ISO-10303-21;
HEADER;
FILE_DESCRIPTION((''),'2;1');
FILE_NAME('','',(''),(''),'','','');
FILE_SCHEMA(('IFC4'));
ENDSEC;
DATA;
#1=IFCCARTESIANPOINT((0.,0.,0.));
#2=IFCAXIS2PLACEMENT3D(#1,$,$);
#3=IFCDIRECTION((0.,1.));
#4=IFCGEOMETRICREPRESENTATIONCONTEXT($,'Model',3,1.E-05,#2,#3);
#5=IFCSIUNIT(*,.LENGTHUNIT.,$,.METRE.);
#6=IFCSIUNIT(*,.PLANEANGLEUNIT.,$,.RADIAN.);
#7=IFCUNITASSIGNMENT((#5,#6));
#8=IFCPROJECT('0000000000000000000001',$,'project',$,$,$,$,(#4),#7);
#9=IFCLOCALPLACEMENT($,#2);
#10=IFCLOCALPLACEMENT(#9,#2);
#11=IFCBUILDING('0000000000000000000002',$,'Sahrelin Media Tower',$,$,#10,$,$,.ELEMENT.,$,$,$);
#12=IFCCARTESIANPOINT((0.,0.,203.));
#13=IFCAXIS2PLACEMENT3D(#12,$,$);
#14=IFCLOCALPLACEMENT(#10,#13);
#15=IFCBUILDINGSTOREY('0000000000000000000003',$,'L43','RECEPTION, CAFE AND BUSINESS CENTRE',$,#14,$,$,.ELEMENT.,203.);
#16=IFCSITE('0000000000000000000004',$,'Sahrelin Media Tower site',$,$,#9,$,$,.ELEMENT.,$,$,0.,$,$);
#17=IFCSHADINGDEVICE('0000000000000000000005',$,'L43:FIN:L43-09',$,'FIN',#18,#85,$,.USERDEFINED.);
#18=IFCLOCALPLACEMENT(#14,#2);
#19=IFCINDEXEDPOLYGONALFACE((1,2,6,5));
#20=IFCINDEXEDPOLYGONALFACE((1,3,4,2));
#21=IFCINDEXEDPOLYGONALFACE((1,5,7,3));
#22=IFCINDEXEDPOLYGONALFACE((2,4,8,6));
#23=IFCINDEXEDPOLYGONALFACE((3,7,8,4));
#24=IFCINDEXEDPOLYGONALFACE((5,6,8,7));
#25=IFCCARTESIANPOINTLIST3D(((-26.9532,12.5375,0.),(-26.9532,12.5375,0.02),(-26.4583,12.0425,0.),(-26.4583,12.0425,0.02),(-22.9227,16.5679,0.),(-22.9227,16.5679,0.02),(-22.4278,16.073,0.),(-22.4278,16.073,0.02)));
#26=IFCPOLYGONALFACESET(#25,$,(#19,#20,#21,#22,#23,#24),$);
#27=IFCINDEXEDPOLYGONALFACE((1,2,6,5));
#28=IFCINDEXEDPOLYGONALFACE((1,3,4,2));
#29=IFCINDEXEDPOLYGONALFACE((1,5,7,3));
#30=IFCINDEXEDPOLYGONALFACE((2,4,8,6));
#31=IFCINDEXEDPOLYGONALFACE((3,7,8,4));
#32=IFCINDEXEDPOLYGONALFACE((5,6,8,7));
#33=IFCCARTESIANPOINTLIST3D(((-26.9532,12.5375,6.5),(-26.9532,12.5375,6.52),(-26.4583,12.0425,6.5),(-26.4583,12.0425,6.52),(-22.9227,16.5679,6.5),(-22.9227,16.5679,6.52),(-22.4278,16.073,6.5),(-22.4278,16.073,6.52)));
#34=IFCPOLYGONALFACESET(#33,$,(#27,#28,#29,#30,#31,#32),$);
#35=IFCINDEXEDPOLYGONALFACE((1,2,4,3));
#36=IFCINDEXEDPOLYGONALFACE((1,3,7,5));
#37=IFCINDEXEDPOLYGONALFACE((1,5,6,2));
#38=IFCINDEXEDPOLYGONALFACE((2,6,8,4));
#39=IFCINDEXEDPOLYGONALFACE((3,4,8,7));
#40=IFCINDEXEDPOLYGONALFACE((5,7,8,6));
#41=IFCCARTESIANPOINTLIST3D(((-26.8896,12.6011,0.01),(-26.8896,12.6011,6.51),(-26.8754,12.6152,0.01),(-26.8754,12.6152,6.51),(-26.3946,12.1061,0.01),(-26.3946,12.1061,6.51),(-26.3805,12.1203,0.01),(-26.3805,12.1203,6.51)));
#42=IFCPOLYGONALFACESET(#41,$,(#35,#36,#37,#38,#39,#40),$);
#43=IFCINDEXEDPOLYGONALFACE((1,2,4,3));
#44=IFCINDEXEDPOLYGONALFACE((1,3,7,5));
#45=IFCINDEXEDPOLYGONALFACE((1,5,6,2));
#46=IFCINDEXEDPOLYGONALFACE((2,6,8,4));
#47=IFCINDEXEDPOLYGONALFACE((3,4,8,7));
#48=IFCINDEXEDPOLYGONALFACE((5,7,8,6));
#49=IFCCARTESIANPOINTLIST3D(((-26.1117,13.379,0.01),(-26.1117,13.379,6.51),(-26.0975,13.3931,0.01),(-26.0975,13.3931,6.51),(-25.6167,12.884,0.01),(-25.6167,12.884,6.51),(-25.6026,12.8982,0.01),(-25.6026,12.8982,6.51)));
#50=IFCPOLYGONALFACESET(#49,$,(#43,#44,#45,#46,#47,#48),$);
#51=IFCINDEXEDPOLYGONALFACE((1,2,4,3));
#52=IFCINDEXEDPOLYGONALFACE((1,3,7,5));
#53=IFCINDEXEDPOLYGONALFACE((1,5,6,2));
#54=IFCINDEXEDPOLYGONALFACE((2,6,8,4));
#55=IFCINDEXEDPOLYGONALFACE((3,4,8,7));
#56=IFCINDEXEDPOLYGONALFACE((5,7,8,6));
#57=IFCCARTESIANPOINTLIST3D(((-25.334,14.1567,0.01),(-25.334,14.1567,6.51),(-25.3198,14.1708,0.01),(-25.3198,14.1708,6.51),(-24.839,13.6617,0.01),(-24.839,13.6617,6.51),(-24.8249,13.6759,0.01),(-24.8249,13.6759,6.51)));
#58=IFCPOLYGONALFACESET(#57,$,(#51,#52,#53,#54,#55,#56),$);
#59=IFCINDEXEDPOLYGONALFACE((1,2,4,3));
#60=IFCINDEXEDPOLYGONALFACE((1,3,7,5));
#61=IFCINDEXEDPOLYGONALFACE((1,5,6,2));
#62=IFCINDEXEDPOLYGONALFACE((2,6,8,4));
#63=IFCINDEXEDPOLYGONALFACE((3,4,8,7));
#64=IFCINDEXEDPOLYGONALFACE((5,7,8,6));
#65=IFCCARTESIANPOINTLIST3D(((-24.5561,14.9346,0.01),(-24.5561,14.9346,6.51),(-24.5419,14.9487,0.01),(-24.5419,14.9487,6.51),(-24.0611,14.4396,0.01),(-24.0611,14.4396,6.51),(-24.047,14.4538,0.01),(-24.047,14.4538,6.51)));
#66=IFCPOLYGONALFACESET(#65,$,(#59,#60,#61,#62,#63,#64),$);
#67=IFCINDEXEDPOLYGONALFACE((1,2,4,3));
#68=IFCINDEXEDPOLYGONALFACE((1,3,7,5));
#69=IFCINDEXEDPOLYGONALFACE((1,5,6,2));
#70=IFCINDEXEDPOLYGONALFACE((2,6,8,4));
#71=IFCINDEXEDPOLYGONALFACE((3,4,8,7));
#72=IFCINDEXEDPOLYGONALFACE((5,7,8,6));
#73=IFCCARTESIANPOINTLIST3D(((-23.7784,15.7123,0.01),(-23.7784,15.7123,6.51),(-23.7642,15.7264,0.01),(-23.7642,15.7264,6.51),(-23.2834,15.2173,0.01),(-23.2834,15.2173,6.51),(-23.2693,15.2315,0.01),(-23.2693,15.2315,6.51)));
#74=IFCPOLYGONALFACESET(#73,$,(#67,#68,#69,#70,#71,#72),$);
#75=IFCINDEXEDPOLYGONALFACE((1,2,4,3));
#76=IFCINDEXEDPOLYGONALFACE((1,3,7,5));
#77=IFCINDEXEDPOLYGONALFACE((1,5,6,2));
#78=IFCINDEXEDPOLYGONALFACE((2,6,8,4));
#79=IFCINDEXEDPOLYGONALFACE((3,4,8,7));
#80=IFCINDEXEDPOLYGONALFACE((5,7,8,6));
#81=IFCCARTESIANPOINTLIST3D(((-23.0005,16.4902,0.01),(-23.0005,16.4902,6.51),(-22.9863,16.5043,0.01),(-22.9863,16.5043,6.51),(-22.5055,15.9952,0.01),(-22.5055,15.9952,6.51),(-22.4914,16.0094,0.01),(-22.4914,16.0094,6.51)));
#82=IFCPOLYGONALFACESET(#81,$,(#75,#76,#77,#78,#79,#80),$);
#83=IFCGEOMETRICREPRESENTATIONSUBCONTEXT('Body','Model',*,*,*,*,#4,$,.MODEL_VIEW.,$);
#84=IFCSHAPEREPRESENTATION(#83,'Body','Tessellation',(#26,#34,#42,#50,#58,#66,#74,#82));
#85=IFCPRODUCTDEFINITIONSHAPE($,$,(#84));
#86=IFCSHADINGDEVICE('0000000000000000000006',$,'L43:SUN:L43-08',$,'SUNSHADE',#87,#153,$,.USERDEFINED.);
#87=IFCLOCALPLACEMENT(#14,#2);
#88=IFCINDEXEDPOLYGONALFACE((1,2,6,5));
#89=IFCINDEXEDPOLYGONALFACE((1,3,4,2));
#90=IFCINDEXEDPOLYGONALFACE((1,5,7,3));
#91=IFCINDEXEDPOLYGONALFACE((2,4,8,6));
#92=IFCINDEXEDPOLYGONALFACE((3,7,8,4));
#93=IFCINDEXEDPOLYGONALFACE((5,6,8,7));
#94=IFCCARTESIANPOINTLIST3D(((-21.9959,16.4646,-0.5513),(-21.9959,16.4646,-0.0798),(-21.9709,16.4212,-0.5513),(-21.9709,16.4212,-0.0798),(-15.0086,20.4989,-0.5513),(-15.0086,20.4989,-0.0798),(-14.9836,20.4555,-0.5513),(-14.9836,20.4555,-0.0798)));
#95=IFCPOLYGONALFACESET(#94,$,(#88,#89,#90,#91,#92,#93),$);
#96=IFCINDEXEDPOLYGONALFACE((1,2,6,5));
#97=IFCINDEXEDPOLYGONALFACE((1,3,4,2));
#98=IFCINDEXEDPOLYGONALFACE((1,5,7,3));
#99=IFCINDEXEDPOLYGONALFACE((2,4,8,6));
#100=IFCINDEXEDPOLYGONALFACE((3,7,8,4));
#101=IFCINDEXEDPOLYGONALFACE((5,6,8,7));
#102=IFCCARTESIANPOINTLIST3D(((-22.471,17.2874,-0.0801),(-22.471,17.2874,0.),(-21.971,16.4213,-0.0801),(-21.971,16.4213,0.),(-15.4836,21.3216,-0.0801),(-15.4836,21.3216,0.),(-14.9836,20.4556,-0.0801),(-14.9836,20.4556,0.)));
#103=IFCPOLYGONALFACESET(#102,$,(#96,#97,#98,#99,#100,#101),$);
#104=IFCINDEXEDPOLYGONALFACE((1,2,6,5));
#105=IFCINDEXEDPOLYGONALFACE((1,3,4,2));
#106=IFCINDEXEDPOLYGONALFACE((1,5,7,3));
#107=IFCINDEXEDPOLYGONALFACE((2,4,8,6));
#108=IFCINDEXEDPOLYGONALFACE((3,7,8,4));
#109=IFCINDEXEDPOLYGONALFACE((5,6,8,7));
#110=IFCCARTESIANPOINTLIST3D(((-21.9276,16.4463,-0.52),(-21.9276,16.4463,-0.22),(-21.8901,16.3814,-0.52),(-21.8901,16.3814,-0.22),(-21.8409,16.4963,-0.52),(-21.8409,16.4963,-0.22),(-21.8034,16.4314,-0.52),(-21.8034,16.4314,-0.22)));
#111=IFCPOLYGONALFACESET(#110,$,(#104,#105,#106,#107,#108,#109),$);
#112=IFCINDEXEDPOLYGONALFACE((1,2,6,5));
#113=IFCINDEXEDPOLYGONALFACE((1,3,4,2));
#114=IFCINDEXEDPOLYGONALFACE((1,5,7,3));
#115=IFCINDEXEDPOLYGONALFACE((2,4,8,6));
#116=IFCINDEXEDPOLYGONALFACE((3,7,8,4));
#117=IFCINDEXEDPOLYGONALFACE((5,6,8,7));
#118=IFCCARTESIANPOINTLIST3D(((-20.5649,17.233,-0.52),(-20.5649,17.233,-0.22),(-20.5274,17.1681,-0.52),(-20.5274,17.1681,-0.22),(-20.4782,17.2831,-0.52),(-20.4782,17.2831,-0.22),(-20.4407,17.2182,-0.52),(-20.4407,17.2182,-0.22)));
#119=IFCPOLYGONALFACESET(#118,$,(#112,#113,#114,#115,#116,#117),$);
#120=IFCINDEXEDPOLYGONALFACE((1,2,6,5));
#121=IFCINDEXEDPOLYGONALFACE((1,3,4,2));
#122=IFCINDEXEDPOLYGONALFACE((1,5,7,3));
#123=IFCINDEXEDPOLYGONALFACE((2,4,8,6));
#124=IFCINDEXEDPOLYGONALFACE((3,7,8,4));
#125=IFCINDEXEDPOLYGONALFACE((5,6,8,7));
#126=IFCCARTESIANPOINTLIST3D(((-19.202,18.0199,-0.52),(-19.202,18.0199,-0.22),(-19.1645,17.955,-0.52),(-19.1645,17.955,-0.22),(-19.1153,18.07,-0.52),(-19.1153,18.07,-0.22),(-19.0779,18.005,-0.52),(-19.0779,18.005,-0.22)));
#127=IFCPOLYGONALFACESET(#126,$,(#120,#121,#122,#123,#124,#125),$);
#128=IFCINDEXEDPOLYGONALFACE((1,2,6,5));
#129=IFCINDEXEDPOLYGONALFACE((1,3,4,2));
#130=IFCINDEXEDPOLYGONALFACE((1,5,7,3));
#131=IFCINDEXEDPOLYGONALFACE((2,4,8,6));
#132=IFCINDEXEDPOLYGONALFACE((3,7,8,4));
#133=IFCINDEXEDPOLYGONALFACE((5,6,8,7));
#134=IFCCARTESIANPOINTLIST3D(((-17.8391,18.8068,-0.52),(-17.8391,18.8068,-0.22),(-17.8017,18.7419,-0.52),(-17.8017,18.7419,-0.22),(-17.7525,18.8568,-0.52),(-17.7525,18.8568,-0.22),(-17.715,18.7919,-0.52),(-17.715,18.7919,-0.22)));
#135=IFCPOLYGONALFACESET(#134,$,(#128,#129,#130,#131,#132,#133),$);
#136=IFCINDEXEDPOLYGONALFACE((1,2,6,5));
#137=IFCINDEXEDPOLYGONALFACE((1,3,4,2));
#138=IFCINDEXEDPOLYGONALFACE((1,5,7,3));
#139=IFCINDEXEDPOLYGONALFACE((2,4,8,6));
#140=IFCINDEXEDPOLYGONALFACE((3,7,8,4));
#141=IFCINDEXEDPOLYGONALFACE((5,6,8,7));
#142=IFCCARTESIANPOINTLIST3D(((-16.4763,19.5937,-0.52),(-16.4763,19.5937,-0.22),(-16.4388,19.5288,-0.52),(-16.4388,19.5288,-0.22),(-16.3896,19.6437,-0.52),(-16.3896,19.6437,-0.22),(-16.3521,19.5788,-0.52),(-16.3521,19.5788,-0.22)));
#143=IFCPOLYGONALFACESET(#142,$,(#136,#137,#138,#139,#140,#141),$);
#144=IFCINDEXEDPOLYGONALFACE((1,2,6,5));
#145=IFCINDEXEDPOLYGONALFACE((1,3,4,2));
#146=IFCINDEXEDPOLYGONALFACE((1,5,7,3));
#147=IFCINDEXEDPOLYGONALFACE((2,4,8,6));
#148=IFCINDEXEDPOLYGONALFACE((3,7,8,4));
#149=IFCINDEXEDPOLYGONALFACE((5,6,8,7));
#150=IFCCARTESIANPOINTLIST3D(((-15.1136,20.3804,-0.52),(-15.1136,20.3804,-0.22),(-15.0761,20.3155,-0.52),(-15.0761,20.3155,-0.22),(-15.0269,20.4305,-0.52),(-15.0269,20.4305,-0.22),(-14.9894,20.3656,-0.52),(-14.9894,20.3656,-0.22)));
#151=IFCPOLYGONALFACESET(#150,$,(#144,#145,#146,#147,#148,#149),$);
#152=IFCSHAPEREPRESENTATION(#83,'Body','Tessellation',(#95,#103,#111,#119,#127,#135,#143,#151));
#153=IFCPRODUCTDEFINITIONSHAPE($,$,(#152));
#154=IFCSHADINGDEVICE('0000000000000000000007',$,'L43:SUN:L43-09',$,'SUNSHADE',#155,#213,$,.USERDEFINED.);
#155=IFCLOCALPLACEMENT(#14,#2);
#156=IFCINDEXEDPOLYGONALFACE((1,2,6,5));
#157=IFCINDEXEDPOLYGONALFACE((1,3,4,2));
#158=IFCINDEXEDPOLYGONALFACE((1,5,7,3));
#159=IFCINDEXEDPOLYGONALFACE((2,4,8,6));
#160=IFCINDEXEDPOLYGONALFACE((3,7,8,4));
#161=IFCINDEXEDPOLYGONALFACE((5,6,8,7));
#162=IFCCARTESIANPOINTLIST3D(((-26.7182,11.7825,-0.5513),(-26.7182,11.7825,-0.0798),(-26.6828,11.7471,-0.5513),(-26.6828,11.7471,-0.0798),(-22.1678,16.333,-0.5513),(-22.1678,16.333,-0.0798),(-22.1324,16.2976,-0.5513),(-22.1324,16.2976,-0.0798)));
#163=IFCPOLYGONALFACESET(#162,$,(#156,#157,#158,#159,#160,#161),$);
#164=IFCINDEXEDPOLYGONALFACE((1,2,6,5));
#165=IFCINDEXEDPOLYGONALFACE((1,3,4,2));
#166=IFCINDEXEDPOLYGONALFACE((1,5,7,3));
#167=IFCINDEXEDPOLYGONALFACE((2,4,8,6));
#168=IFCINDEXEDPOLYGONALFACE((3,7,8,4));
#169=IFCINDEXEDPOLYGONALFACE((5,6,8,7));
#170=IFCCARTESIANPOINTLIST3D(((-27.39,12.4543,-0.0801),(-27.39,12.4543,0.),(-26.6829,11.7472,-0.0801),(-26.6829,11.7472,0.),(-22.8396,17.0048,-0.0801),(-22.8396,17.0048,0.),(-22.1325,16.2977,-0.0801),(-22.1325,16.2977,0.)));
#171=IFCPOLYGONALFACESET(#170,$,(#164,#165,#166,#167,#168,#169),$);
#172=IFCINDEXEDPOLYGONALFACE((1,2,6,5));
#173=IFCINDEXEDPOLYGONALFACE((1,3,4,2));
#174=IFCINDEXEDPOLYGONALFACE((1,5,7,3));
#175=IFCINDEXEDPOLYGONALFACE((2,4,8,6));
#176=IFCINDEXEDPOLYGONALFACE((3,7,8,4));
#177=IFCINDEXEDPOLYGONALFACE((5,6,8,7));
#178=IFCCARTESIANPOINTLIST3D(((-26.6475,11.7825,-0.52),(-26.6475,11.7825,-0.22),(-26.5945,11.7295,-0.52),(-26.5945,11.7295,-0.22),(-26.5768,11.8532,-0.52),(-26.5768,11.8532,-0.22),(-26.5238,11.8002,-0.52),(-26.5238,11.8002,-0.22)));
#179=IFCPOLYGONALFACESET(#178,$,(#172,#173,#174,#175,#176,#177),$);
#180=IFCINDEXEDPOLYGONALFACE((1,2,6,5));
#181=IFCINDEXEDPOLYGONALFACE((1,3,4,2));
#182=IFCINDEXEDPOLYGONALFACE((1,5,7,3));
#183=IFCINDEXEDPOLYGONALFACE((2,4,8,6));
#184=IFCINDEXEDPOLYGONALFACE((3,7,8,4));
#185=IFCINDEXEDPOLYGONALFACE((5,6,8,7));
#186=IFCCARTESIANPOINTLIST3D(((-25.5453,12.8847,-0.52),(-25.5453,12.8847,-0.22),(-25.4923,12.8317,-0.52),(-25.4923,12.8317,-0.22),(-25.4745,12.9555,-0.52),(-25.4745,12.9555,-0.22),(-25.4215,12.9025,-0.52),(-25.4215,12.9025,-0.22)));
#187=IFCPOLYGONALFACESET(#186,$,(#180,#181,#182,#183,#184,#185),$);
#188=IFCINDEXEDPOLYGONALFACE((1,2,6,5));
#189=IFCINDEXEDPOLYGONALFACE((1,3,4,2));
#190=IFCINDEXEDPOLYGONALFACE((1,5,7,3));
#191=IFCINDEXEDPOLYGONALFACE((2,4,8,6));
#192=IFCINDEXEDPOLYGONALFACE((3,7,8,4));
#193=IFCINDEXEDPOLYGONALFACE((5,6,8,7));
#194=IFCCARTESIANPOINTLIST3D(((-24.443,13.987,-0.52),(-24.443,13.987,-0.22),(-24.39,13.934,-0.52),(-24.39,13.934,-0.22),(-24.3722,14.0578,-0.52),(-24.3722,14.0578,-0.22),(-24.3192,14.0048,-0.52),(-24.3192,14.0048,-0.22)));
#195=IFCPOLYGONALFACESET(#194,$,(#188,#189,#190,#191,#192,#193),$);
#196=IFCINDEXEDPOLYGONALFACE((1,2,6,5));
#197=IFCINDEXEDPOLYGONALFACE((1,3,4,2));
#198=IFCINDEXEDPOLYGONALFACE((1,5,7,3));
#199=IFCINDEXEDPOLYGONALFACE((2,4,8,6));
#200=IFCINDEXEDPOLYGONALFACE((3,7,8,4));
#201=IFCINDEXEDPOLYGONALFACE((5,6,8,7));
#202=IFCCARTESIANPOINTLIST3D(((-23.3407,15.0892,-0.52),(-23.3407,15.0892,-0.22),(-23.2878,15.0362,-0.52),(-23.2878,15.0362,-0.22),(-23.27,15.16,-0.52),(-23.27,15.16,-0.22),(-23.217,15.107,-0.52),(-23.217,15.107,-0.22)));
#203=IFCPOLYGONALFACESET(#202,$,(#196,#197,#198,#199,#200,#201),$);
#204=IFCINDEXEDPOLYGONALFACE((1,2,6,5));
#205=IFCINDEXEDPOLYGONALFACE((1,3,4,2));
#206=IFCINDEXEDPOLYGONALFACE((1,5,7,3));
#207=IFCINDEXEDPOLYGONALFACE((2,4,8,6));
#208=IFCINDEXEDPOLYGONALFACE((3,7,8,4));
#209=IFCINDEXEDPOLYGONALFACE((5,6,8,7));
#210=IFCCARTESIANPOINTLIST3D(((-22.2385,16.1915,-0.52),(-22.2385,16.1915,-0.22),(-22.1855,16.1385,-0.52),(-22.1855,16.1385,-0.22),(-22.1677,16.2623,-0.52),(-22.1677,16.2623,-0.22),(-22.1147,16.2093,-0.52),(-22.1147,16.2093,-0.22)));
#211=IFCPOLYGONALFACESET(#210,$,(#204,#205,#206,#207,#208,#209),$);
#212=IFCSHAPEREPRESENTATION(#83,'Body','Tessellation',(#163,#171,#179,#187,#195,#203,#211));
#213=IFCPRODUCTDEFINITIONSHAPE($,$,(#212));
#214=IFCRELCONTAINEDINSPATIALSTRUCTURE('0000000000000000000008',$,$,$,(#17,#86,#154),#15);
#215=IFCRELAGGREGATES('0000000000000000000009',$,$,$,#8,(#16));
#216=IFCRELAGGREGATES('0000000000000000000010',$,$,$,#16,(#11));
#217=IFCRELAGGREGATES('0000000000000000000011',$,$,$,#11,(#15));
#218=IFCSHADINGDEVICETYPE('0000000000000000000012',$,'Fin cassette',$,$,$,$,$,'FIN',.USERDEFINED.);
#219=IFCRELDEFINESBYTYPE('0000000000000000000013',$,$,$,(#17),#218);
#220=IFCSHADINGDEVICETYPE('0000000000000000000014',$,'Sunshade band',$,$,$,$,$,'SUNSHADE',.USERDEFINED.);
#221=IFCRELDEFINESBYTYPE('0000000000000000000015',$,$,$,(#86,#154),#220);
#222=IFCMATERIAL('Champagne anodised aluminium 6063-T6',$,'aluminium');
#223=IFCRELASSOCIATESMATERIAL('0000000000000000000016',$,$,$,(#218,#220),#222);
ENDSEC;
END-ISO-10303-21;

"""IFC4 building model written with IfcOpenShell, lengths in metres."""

from ifc_helpers import new_model, si_unit, direction, frame, origin, origin_2d, place, context, subcontext, project, spatial, rectangle, extrude, material, type_object, element, save


model = new_model("IFC4")

# Units and contexts
model_context = context("Model", 3, precision=1e-05, world=origin(), true_north=direction((0.0, 1.0)))
body_context = subcontext(model_context, "Body", "Model", "MODEL_VIEW")
ifc_project = project(units=[si_unit("LENGTHUNIT", "METRE"), si_unit("PLANEANGLEUNIT", "RADIAN")], contexts=[model_context])

# Site, building, storey
site_placement = place(None, origin())
site = spatial("IfcSite", under=ifc_project, at=site_placement, Name="Sahrelin Media Tower site", CompositionType="ELEMENT", RefElevation=0.0)
building_placement = place(site_placement, origin())
building = spatial("IfcBuilding", under=site, at=building_placement, Name="Sahrelin Media Tower", CompositionType="ELEMENT")
storey_placement = place(building_placement, frame((0.0, 0.0, 203.0)))
storey = spatial("IfcBuildingStorey", under=building, at=storey_placement, Name="L43", Description="RECEPTION, CAFE AND BUSINESS CENTRE", CompositionType="ELEMENT", Elevation=203.0)

# Shared definitions
ifc_material_1 = material(Name="Champagne anodised aluminium 6063-T6", Category="aluminium")

# Shading devices
shading_device_type_1 = type_object("IfcShadingDeviceType", Name="Fin cassette", ElementType="FIN", PredefinedType="USERDEFINED", material=ifc_material_1)
placement_1 = place(storey_placement, frame((-18.4673, 18.4211, 0.0), z_axis=(0.0, 0.0, 1.0), x_axis=(0.866019, 0.500011, 0.0)))
placement_2 = place(storey_placement, frame((-24.3936, 14.0083, 0.0), z_axis=(0.0, 0.0, 1.0), x_axis=(0.707107, 0.707107, 0.0)))
element("IfcShadingDevice", 1, at=placement_2, inside=storey, type_object=shading_device_type_1, Name="L43:FIN:L43-09", ObjectType="FIN", PredefinedType="USERDEFINED", context=body_context, shape_type="SweptSolid", body=[
    extrude(rectangle(XDim=5.7, YDim=0.7, at=origin_2d()), frame((0.0, 0.4199, 0.0)), (0.0, 0.0, 1.0), 0.02),
    extrude(rectangle(XDim=5.7, YDim=0.7, at=origin_2d()), frame((0.0, 0.4199, 6.5)), (0.0, 0.0, 1.0), 0.02),
    extrude(rectangle(XDim=0.02, YDim=0.7, at=origin_2d()), frame((-2.75, 0.4199, 0.01), z_axis=(0.0, 0.0, 1.0), x_axis=(1.0, 0.0, 0.0)), (0.0, 0.0, 1.0), 6.5),
    extrude(rectangle(XDim=0.02, YDim=0.7, at=origin_2d()), frame((-1.6499, 0.4199, 0.01), z_axis=(0.0, 0.0, 1.0), x_axis=(1.0, 0.0, 0.0)), (0.0, 0.0, 1.0), 6.5),
    extrude(rectangle(XDim=0.02, YDim=0.7, at=origin_2d()), frame((-0.55, 0.4199, 0.01), z_axis=(0.0, 0.0, 1.0), x_axis=(1.0, 0.0, 0.0)), (0.0, 0.0, 1.0), 6.5),
    extrude(rectangle(XDim=0.02, YDim=0.7, at=origin_2d()), frame((0.55, 0.4199, 0.01), z_axis=(0.0, 0.0, 1.0), x_axis=(1.0, 0.0, 0.0)), (0.0, 0.0, 1.0), 6.5),
    extrude(rectangle(XDim=0.02, YDim=0.7, at=origin_2d()), frame((1.6499, 0.4199, 0.01), z_axis=(0.0, 0.0, 1.0), x_axis=(1.0, 0.0, 0.0)), (0.0, 0.0, 1.0), 6.5),
    extrude(rectangle(XDim=0.02, YDim=0.7, at=origin_2d()), frame((2.75, 0.4199, 0.01), z_axis=(0.0, 0.0, 1.0), x_axis=(1.0, 0.0, 0.0)), (0.0, 0.0, 1.0), 6.5),
])
shading_device_type_2 = type_object("IfcShadingDeviceType", Name="Sunshade band", ElementType="SUNSHADE", PredefinedType="USERDEFINED", material=ifc_material_1)
element("IfcShadingDevice", 2, at=placement_1, inside=storey, type_object=shading_device_type_2, Name="L43:SUN:L43-08", ObjectType="SUNSHADE", PredefinedType="USERDEFINED", context=body_context, shape_type="SweptSolid", body=[
    extrude(rectangle(XDim=8.0684, YDim=0.05, at=origin_2d()), frame((0.0, 0.0449, -0.5513)), (0.0, 0.0, 1.0), 0.4714),
    extrude(rectangle(XDim=8.0684, YDim=1.0, at=origin_2d()), frame((0.0, 0.52, -0.0801)), (0.0, 0.0, 1.0), 0.0801),
    extrude(rectangle(XDim=0.1001, YDim=0.075, at=origin_2d()), frame((-3.9341, -0.0176, -0.52)), (0.0, 0.0, 1.0), 0.3),
    extrude(rectangle(XDim=0.1001, YDim=0.075, at=origin_2d()), frame((-2.3606, -0.0176, -0.52)), (0.0, 0.0, 1.0), 0.3),
    extrude(rectangle(XDim=0.1001, YDim=0.075, at=origin_2d()), frame((-0.7869, -0.0176, -0.52)), (0.0, 0.0, 1.0), 0.3),
    extrude(rectangle(XDim=0.1001, YDim=0.075, at=origin_2d()), frame((0.7869, -0.0176, -0.52)), (0.0, 0.0, 1.0), 0.3),
    extrude(rectangle(XDim=0.1001, YDim=0.075, at=origin_2d()), frame((2.3606, -0.0176, -0.52)), (0.0, 0.0, 1.0), 0.3),
    extrude(rectangle(XDim=0.1001, YDim=0.075, at=origin_2d()), frame((3.9341, -0.0176, -0.52)), (0.0, 0.0, 1.0), 0.3),
])
element("IfcShadingDevice", 3, at=placement_2, inside=storey, type_object=shading_device_type_2, Name="L43:SUN:L43-09", ObjectType="SUNSHADE", PredefinedType="USERDEFINED", context=body_context, shape_type="SweptSolid", body=[
    extrude(rectangle(XDim=6.4353, YDim=0.05, at=origin_2d()), frame((0.0, 0.0449, -0.5513)), (0.0, 0.0, 1.0), 0.4714),
    extrude(rectangle(XDim=6.4353, YDim=1.0, at=origin_2d()), frame((0.0, 0.52, -0.0801)), (0.0, 0.0, 1.0), 0.0801),
    extrude(rectangle(XDim=0.1001, YDim=0.075, at=origin_2d()), frame((-3.1177, -0.0176, -0.52)), (0.0, 0.0, 1.0), 0.3),
    extrude(rectangle(XDim=0.1001, YDim=0.075, at=origin_2d()), frame((-1.5588, -0.0176, -0.52)), (0.0, 0.0, 1.0), 0.3),
    extrude(rectangle(XDim=0.1001, YDim=0.075, at=origin_2d()), frame((0.0, -0.0176, -0.52)), (0.0, 0.0, 1.0), 0.3),
    extrude(rectangle(XDim=0.1001, YDim=0.075, at=origin_2d()), frame((1.5588, -0.0176, -0.52)), (0.0, 0.0, 1.0), 0.3),
    extrude(rectangle(XDim=0.1001, YDim=0.075, at=origin_2d()), frame((3.1177, -0.0176, -0.52)), (0.0, 0.0, 1.0), 0.3),
])

save(model, "model.ifc")
